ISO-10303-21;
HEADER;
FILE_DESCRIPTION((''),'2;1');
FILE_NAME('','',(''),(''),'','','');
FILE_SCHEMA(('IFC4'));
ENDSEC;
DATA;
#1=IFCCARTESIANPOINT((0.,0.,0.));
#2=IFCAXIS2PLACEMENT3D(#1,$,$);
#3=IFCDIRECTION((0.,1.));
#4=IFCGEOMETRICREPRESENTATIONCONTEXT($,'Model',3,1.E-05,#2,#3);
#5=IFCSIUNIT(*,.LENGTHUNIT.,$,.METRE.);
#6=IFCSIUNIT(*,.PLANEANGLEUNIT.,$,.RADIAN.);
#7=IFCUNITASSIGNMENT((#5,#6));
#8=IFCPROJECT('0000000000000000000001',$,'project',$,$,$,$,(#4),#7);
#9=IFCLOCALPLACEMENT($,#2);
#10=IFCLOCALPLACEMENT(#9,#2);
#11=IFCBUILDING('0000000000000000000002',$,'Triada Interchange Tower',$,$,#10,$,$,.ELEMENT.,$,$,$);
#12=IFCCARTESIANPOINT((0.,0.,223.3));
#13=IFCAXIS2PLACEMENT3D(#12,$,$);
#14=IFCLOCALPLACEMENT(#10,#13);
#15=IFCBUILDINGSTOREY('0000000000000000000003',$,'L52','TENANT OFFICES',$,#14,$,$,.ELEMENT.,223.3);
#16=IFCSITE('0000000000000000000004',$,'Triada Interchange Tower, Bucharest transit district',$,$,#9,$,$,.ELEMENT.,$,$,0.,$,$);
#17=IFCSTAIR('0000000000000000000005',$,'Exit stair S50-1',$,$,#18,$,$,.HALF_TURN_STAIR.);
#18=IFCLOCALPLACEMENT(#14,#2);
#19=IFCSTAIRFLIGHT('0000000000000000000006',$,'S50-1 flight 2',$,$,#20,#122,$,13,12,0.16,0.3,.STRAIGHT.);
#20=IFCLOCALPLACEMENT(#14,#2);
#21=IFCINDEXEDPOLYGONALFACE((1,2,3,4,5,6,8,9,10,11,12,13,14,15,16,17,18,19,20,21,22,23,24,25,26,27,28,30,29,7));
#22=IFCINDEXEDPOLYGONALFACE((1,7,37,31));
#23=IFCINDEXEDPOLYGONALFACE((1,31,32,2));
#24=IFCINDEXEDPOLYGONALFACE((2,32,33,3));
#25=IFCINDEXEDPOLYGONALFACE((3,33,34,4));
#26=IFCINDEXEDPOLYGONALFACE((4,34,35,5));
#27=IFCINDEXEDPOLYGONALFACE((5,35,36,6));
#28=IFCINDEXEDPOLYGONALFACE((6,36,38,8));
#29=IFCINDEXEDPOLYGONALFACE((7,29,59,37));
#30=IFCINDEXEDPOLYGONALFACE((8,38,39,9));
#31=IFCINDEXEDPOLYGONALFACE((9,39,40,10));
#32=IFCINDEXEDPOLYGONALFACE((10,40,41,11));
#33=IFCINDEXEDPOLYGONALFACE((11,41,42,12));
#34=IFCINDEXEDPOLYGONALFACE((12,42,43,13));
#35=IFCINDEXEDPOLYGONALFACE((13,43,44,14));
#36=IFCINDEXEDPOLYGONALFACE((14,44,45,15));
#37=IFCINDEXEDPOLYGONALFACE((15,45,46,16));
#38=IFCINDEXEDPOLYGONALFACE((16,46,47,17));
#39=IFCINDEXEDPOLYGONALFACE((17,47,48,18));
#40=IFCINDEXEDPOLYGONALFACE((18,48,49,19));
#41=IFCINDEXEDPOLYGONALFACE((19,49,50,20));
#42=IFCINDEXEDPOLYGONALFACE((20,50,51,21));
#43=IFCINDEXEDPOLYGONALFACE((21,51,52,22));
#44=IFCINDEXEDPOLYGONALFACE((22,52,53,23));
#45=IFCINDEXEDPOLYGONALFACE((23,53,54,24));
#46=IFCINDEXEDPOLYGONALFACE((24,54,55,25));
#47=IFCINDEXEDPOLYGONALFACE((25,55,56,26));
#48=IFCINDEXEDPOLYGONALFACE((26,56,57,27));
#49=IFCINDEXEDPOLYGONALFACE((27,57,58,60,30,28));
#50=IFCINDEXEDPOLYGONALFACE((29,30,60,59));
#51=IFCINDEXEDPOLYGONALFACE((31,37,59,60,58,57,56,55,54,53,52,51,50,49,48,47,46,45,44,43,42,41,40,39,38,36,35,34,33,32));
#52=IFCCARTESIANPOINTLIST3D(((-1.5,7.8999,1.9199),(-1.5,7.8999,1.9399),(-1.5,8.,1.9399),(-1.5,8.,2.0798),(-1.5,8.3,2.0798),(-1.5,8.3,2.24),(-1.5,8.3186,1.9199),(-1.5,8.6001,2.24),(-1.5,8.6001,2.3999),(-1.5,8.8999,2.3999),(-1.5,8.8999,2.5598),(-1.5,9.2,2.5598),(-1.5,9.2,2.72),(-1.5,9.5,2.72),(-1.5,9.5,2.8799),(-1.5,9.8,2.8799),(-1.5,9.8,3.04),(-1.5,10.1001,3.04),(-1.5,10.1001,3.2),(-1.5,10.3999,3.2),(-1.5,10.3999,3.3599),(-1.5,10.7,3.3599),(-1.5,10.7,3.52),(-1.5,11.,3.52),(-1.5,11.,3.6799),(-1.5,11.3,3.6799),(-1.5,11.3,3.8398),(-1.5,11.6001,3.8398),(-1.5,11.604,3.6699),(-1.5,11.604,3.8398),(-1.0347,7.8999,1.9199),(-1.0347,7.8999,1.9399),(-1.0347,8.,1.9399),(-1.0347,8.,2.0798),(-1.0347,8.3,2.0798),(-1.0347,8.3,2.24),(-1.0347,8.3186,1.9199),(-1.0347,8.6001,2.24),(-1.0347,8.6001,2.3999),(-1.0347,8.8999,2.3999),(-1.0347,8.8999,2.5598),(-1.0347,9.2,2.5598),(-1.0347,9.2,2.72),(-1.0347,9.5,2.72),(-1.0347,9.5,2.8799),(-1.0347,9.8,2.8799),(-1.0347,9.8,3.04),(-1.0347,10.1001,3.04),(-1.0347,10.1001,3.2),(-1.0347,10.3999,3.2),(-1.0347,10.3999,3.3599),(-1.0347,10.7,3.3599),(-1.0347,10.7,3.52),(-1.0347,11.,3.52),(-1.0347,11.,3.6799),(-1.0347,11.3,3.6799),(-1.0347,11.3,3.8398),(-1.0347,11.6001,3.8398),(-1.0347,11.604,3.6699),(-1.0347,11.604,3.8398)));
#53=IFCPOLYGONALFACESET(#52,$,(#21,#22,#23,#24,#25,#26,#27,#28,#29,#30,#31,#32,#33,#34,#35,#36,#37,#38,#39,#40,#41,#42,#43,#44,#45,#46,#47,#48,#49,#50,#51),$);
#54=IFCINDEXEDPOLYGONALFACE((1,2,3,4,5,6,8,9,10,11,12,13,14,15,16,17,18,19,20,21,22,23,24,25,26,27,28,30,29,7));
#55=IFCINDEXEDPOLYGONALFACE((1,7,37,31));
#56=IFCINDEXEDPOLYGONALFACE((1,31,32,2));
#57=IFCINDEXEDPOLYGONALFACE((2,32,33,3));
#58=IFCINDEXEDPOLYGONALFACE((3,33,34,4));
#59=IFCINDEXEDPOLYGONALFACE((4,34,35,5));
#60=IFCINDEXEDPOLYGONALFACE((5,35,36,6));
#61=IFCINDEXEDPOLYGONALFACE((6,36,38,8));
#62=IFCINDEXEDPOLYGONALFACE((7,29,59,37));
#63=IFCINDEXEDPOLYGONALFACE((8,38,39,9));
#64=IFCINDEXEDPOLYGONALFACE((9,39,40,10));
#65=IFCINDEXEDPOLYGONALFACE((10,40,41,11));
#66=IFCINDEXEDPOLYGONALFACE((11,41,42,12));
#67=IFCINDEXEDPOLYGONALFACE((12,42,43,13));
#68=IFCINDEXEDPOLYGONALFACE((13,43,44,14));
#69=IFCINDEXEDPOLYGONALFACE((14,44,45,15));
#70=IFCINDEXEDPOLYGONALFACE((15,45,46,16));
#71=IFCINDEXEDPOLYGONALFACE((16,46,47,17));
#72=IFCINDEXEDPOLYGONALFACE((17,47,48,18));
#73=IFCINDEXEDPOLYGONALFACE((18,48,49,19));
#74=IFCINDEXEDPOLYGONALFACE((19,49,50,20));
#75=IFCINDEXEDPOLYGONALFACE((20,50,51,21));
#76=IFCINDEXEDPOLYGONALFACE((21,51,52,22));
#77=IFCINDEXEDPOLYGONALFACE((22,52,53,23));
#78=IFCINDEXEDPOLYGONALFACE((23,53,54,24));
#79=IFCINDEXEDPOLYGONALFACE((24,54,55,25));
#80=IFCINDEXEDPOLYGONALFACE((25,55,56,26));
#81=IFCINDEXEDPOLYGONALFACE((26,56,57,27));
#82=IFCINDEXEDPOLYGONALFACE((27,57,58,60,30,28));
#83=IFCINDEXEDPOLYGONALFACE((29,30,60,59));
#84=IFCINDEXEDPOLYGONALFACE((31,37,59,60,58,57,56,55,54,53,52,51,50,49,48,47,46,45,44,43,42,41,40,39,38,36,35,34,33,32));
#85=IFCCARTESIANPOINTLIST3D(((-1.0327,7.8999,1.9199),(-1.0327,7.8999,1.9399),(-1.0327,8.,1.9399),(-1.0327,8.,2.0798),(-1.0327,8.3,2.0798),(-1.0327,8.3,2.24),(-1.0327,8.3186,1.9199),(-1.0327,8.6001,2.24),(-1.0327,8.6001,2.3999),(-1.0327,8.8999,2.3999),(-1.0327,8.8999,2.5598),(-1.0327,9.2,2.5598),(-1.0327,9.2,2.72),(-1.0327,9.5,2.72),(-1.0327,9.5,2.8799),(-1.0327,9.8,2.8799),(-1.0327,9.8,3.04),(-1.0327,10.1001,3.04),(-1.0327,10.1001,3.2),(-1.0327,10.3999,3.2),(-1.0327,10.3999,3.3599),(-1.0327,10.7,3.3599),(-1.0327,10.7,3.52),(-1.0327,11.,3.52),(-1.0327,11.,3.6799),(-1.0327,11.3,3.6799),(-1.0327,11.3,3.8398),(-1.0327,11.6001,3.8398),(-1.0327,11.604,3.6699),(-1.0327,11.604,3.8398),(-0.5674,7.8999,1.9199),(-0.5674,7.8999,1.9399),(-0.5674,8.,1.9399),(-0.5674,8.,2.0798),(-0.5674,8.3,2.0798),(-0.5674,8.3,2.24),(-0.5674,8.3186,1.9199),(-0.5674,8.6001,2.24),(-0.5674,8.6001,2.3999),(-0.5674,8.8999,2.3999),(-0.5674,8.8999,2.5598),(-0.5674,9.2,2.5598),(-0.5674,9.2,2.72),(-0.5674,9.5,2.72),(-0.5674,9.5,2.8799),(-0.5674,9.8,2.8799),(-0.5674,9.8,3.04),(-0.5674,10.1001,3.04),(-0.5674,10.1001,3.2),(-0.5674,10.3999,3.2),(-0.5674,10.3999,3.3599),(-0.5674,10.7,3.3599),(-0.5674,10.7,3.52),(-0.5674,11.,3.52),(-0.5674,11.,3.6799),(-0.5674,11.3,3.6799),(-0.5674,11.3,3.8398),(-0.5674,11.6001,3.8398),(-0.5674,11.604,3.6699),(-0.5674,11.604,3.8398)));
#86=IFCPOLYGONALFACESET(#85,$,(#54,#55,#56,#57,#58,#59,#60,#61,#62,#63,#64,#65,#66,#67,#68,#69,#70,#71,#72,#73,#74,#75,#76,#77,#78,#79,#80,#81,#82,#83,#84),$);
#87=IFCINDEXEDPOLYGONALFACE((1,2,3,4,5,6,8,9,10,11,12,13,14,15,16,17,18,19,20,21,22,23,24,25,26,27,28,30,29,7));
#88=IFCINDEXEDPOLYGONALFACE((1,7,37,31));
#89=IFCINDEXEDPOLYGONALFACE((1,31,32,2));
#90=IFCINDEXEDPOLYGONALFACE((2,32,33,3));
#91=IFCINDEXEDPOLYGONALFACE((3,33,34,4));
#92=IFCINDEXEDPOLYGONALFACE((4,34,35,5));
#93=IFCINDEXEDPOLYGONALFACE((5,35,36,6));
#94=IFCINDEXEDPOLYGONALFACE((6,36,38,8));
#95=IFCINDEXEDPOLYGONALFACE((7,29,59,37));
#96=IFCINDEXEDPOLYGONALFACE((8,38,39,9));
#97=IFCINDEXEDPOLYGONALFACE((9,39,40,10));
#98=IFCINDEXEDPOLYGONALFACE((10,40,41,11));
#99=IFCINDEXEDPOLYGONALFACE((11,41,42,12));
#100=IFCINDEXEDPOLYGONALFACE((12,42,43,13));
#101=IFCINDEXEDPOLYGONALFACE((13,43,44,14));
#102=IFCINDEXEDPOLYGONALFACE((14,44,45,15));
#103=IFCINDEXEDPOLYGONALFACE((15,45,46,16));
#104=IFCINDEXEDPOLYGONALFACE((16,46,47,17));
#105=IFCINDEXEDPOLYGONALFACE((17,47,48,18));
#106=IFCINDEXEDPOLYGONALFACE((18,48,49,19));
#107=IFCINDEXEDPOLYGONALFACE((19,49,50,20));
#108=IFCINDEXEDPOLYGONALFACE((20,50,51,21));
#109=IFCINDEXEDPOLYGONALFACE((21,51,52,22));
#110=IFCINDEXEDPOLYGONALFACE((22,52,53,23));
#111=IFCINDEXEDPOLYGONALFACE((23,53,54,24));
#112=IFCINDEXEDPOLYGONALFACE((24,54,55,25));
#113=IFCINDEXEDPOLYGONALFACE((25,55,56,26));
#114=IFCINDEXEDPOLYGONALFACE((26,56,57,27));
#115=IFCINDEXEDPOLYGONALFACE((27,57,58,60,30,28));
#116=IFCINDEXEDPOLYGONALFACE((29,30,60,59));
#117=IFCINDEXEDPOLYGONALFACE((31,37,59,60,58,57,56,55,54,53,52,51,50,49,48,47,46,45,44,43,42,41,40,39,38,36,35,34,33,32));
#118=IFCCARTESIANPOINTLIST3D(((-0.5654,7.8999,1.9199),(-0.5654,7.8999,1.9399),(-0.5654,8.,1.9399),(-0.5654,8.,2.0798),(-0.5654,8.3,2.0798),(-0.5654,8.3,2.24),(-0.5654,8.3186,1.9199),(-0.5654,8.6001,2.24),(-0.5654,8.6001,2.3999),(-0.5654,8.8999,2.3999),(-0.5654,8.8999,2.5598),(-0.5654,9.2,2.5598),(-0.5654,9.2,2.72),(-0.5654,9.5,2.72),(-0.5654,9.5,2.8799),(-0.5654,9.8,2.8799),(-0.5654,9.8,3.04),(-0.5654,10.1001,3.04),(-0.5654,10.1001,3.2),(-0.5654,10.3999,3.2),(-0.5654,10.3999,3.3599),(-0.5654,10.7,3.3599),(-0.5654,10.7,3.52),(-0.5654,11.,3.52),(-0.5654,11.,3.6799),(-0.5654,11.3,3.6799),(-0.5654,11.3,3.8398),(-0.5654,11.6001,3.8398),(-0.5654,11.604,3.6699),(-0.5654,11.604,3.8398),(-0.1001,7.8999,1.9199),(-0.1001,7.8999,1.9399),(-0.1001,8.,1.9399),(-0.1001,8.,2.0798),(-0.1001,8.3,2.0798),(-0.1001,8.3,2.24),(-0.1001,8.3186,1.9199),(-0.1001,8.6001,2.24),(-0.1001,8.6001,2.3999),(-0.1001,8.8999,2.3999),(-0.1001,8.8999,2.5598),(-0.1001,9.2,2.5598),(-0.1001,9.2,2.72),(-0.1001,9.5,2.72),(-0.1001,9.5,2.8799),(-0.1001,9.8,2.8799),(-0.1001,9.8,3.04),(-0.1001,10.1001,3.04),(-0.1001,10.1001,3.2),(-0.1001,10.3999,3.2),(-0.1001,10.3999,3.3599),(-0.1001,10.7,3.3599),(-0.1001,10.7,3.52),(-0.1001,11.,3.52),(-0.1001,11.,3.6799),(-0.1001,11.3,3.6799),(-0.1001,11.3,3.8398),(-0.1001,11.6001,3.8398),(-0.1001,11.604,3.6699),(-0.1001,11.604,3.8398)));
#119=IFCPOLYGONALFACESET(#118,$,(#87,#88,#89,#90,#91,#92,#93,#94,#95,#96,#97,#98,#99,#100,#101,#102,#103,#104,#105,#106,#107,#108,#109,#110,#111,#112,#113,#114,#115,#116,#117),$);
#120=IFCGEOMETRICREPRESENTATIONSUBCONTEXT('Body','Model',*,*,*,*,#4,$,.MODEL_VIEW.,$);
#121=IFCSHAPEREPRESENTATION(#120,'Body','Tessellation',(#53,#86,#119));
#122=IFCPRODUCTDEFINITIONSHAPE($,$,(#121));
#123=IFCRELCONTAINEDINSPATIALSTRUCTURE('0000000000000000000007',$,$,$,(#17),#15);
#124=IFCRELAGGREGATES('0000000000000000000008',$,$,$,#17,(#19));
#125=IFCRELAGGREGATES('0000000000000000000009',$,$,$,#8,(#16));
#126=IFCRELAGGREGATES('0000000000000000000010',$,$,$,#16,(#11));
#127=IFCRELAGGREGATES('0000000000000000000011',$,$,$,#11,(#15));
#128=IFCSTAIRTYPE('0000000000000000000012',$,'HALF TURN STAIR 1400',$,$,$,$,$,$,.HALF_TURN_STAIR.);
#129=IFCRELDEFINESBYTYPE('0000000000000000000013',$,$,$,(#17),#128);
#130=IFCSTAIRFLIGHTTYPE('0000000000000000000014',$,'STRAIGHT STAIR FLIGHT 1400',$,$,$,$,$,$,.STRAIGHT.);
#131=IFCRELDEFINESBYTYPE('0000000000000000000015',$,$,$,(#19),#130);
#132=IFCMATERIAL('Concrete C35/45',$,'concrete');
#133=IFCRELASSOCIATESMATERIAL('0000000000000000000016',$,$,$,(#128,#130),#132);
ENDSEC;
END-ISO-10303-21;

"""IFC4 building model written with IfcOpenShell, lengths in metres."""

from ifc_helpers import new_model, si_unit, direction, frame, origin, place, context, subcontext, project, spatial, polyline, outline, extrude, material, type_object, element, aggregate, save


model = new_model("IFC4")

# Units and contexts
model_context = context("Model", 3, precision=1e-05, world=origin(), true_north=direction((0.0, 1.0)))
body_context = subcontext(model_context, "Body", "Model", "MODEL_VIEW")
ifc_project = project(units=[si_unit("LENGTHUNIT", "METRE"), si_unit("PLANEANGLEUNIT", "RADIAN")], contexts=[model_context])

# Site, building, storey
site_placement = place(None, origin())
site = spatial("IfcSite", under=ifc_project, at=site_placement, Name="Triada Interchange Tower, Bucharest transit district", CompositionType="ELEMENT", RefElevation=0.0)
building_placement = place(site_placement, origin())
building = spatial("IfcBuilding", under=site, at=building_placement, Name="Triada Interchange Tower", CompositionType="ELEMENT")
storey_placement = place(building_placement, frame((0.0, 0.0, 223.3)))
storey = spatial("IfcBuildingStorey", under=building, at=storey_placement, Name="L52", Description="TENANT OFFICES", CompositionType="ELEMENT", Elevation=223.3)

# Stair, stair flight
ifc_material_1 = material(Name="Concrete C35/45", Category="concrete")
stair_type = type_object("IfcStairType", Name="HALF TURN STAIR 1400", PredefinedType="HALF_TURN_STAIR", material=ifc_material_1)
stair_placement = place(storey_placement, origin())
stair = element("IfcStair", 1, at=stair_placement, inside=storey, type_object=stair_type, Name="Exit stair S50-1", PredefinedType="HALF_TURN_STAIR")
stair_flight_type = type_object("IfcStairFlightType", Name="STRAIGHT STAIR FLIGHT 1400", PredefinedType="STRAIGHT", material=ifc_material_1)
stair_flight_placement = place(storey_placement, frame((-0.8, 8.0, 1.9199), z_axis=(0.0, 0.0, 1.0), x_axis=(0.0, 1.0, 0.0)))
stair_flight = element("IfcStairFlight", 2, at=stair_flight_placement, type_object=stair_flight_type, Name="S50-1 flight 2", NumberOfRisers=13, NumberOfTreads=12, PredefinedType="STRAIGHT", RiserHeight=0.16, TreadLength=0.3, context=body_context, shape_type="SweptSolid", body=[
    extrude(outline(polyline([(-0.1001, 0.0), (-0.1001, 0.02), (0.0, 0.02), (0.0, 0.1599), (0.3, 0.1599), (0.3, 0.3201), (0.6001, 0.3201), (0.6001, 0.48), (0.8999, 0.48), (0.8999, 0.6399), (1.2, 0.6399), (1.2, 0.8), (1.5, 0.8), (1.5, 0.96), (1.8, 0.96), (1.8, 1.1201), (2.1001, 1.1201), (2.1001, 1.28), (2.3999, 1.28), (2.3999, 1.4399), (2.7, 1.4399), (2.7, 1.6001), (3.0, 1.6001), (3.0, 1.76), (3.3, 1.76), (3.3, 1.9199), (3.6001, 1.9199), (3.604, 1.9199), (3.604, 2.0801), (3.604, 1.75), (0.3186, 0.0), (-0.1001, 0.0)])), frame((0.0, 0.7, 0.0), z_axis=(0.0, -1.0, 0.0), x_axis=(1.0, 0.0, 0.0)), (0.0, 0.0, 1.0), 0.4653),
    extrude(outline(polyline([(-0.1001, 0.0), (-0.1001, 0.02), (0.0, 0.02), (0.0, 0.1599), (0.3, 0.1599), (0.3, 0.3201), (0.6001, 0.3201), (0.6001, 0.48), (0.8999, 0.48), (0.8999, 0.6399), (1.2, 0.6399), (1.2, 0.8), (1.5, 0.8), (1.5, 0.96), (1.8, 0.96), (1.8, 1.1201), (2.1001, 1.1201), (2.1001, 1.28), (2.3999, 1.28), (2.3999, 1.4399), (2.7, 1.4399), (2.7, 1.6001), (3.0, 1.6001), (3.0, 1.76), (3.3, 1.76), (3.3, 1.9199), (3.6001, 1.9199), (3.604, 1.9199), (3.604, 2.0801), (3.604, 1.75), (0.3186, 0.0), (-0.1001, 0.0)])), frame((0.0, 0.2327, 0.0), z_axis=(0.0, -1.0, 0.0), x_axis=(1.0, 0.0, 0.0)), (0.0, 0.0, 1.0), 0.4653),
    extrude(outline(polyline([(-0.1001, 0.0), (-0.1001, 0.02), (0.0, 0.02), (0.0, 0.1599), (0.3, 0.1599), (0.3, 0.3201), (0.6001, 0.3201), (0.6001, 0.48), (0.8999, 0.48), (0.8999, 0.6399), (1.2, 0.6399), (1.2, 0.8), (1.5, 0.8), (1.5, 0.96), (1.8, 0.96), (1.8, 1.1201), (2.1001, 1.1201), (2.1001, 1.28), (2.3999, 1.28), (2.3999, 1.4399), (2.7, 1.4399), (2.7, 1.6001), (3.0, 1.6001), (3.0, 1.76), (3.3, 1.76), (3.3, 1.9199), (3.6001, 1.9199), (3.604, 1.9199), (3.604, 2.0801), (3.604, 1.75), (0.3186, 0.0), (-0.1001, 0.0)])), frame((0.0, -0.2346, 0.0), z_axis=(0.0, -1.0, 0.0), x_axis=(1.0, 0.0, 0.0)), (0.0, 0.0, 1.0), 0.4653),
])
aggregate(stair, [stair_flight])

save(model, "model.ifc")
